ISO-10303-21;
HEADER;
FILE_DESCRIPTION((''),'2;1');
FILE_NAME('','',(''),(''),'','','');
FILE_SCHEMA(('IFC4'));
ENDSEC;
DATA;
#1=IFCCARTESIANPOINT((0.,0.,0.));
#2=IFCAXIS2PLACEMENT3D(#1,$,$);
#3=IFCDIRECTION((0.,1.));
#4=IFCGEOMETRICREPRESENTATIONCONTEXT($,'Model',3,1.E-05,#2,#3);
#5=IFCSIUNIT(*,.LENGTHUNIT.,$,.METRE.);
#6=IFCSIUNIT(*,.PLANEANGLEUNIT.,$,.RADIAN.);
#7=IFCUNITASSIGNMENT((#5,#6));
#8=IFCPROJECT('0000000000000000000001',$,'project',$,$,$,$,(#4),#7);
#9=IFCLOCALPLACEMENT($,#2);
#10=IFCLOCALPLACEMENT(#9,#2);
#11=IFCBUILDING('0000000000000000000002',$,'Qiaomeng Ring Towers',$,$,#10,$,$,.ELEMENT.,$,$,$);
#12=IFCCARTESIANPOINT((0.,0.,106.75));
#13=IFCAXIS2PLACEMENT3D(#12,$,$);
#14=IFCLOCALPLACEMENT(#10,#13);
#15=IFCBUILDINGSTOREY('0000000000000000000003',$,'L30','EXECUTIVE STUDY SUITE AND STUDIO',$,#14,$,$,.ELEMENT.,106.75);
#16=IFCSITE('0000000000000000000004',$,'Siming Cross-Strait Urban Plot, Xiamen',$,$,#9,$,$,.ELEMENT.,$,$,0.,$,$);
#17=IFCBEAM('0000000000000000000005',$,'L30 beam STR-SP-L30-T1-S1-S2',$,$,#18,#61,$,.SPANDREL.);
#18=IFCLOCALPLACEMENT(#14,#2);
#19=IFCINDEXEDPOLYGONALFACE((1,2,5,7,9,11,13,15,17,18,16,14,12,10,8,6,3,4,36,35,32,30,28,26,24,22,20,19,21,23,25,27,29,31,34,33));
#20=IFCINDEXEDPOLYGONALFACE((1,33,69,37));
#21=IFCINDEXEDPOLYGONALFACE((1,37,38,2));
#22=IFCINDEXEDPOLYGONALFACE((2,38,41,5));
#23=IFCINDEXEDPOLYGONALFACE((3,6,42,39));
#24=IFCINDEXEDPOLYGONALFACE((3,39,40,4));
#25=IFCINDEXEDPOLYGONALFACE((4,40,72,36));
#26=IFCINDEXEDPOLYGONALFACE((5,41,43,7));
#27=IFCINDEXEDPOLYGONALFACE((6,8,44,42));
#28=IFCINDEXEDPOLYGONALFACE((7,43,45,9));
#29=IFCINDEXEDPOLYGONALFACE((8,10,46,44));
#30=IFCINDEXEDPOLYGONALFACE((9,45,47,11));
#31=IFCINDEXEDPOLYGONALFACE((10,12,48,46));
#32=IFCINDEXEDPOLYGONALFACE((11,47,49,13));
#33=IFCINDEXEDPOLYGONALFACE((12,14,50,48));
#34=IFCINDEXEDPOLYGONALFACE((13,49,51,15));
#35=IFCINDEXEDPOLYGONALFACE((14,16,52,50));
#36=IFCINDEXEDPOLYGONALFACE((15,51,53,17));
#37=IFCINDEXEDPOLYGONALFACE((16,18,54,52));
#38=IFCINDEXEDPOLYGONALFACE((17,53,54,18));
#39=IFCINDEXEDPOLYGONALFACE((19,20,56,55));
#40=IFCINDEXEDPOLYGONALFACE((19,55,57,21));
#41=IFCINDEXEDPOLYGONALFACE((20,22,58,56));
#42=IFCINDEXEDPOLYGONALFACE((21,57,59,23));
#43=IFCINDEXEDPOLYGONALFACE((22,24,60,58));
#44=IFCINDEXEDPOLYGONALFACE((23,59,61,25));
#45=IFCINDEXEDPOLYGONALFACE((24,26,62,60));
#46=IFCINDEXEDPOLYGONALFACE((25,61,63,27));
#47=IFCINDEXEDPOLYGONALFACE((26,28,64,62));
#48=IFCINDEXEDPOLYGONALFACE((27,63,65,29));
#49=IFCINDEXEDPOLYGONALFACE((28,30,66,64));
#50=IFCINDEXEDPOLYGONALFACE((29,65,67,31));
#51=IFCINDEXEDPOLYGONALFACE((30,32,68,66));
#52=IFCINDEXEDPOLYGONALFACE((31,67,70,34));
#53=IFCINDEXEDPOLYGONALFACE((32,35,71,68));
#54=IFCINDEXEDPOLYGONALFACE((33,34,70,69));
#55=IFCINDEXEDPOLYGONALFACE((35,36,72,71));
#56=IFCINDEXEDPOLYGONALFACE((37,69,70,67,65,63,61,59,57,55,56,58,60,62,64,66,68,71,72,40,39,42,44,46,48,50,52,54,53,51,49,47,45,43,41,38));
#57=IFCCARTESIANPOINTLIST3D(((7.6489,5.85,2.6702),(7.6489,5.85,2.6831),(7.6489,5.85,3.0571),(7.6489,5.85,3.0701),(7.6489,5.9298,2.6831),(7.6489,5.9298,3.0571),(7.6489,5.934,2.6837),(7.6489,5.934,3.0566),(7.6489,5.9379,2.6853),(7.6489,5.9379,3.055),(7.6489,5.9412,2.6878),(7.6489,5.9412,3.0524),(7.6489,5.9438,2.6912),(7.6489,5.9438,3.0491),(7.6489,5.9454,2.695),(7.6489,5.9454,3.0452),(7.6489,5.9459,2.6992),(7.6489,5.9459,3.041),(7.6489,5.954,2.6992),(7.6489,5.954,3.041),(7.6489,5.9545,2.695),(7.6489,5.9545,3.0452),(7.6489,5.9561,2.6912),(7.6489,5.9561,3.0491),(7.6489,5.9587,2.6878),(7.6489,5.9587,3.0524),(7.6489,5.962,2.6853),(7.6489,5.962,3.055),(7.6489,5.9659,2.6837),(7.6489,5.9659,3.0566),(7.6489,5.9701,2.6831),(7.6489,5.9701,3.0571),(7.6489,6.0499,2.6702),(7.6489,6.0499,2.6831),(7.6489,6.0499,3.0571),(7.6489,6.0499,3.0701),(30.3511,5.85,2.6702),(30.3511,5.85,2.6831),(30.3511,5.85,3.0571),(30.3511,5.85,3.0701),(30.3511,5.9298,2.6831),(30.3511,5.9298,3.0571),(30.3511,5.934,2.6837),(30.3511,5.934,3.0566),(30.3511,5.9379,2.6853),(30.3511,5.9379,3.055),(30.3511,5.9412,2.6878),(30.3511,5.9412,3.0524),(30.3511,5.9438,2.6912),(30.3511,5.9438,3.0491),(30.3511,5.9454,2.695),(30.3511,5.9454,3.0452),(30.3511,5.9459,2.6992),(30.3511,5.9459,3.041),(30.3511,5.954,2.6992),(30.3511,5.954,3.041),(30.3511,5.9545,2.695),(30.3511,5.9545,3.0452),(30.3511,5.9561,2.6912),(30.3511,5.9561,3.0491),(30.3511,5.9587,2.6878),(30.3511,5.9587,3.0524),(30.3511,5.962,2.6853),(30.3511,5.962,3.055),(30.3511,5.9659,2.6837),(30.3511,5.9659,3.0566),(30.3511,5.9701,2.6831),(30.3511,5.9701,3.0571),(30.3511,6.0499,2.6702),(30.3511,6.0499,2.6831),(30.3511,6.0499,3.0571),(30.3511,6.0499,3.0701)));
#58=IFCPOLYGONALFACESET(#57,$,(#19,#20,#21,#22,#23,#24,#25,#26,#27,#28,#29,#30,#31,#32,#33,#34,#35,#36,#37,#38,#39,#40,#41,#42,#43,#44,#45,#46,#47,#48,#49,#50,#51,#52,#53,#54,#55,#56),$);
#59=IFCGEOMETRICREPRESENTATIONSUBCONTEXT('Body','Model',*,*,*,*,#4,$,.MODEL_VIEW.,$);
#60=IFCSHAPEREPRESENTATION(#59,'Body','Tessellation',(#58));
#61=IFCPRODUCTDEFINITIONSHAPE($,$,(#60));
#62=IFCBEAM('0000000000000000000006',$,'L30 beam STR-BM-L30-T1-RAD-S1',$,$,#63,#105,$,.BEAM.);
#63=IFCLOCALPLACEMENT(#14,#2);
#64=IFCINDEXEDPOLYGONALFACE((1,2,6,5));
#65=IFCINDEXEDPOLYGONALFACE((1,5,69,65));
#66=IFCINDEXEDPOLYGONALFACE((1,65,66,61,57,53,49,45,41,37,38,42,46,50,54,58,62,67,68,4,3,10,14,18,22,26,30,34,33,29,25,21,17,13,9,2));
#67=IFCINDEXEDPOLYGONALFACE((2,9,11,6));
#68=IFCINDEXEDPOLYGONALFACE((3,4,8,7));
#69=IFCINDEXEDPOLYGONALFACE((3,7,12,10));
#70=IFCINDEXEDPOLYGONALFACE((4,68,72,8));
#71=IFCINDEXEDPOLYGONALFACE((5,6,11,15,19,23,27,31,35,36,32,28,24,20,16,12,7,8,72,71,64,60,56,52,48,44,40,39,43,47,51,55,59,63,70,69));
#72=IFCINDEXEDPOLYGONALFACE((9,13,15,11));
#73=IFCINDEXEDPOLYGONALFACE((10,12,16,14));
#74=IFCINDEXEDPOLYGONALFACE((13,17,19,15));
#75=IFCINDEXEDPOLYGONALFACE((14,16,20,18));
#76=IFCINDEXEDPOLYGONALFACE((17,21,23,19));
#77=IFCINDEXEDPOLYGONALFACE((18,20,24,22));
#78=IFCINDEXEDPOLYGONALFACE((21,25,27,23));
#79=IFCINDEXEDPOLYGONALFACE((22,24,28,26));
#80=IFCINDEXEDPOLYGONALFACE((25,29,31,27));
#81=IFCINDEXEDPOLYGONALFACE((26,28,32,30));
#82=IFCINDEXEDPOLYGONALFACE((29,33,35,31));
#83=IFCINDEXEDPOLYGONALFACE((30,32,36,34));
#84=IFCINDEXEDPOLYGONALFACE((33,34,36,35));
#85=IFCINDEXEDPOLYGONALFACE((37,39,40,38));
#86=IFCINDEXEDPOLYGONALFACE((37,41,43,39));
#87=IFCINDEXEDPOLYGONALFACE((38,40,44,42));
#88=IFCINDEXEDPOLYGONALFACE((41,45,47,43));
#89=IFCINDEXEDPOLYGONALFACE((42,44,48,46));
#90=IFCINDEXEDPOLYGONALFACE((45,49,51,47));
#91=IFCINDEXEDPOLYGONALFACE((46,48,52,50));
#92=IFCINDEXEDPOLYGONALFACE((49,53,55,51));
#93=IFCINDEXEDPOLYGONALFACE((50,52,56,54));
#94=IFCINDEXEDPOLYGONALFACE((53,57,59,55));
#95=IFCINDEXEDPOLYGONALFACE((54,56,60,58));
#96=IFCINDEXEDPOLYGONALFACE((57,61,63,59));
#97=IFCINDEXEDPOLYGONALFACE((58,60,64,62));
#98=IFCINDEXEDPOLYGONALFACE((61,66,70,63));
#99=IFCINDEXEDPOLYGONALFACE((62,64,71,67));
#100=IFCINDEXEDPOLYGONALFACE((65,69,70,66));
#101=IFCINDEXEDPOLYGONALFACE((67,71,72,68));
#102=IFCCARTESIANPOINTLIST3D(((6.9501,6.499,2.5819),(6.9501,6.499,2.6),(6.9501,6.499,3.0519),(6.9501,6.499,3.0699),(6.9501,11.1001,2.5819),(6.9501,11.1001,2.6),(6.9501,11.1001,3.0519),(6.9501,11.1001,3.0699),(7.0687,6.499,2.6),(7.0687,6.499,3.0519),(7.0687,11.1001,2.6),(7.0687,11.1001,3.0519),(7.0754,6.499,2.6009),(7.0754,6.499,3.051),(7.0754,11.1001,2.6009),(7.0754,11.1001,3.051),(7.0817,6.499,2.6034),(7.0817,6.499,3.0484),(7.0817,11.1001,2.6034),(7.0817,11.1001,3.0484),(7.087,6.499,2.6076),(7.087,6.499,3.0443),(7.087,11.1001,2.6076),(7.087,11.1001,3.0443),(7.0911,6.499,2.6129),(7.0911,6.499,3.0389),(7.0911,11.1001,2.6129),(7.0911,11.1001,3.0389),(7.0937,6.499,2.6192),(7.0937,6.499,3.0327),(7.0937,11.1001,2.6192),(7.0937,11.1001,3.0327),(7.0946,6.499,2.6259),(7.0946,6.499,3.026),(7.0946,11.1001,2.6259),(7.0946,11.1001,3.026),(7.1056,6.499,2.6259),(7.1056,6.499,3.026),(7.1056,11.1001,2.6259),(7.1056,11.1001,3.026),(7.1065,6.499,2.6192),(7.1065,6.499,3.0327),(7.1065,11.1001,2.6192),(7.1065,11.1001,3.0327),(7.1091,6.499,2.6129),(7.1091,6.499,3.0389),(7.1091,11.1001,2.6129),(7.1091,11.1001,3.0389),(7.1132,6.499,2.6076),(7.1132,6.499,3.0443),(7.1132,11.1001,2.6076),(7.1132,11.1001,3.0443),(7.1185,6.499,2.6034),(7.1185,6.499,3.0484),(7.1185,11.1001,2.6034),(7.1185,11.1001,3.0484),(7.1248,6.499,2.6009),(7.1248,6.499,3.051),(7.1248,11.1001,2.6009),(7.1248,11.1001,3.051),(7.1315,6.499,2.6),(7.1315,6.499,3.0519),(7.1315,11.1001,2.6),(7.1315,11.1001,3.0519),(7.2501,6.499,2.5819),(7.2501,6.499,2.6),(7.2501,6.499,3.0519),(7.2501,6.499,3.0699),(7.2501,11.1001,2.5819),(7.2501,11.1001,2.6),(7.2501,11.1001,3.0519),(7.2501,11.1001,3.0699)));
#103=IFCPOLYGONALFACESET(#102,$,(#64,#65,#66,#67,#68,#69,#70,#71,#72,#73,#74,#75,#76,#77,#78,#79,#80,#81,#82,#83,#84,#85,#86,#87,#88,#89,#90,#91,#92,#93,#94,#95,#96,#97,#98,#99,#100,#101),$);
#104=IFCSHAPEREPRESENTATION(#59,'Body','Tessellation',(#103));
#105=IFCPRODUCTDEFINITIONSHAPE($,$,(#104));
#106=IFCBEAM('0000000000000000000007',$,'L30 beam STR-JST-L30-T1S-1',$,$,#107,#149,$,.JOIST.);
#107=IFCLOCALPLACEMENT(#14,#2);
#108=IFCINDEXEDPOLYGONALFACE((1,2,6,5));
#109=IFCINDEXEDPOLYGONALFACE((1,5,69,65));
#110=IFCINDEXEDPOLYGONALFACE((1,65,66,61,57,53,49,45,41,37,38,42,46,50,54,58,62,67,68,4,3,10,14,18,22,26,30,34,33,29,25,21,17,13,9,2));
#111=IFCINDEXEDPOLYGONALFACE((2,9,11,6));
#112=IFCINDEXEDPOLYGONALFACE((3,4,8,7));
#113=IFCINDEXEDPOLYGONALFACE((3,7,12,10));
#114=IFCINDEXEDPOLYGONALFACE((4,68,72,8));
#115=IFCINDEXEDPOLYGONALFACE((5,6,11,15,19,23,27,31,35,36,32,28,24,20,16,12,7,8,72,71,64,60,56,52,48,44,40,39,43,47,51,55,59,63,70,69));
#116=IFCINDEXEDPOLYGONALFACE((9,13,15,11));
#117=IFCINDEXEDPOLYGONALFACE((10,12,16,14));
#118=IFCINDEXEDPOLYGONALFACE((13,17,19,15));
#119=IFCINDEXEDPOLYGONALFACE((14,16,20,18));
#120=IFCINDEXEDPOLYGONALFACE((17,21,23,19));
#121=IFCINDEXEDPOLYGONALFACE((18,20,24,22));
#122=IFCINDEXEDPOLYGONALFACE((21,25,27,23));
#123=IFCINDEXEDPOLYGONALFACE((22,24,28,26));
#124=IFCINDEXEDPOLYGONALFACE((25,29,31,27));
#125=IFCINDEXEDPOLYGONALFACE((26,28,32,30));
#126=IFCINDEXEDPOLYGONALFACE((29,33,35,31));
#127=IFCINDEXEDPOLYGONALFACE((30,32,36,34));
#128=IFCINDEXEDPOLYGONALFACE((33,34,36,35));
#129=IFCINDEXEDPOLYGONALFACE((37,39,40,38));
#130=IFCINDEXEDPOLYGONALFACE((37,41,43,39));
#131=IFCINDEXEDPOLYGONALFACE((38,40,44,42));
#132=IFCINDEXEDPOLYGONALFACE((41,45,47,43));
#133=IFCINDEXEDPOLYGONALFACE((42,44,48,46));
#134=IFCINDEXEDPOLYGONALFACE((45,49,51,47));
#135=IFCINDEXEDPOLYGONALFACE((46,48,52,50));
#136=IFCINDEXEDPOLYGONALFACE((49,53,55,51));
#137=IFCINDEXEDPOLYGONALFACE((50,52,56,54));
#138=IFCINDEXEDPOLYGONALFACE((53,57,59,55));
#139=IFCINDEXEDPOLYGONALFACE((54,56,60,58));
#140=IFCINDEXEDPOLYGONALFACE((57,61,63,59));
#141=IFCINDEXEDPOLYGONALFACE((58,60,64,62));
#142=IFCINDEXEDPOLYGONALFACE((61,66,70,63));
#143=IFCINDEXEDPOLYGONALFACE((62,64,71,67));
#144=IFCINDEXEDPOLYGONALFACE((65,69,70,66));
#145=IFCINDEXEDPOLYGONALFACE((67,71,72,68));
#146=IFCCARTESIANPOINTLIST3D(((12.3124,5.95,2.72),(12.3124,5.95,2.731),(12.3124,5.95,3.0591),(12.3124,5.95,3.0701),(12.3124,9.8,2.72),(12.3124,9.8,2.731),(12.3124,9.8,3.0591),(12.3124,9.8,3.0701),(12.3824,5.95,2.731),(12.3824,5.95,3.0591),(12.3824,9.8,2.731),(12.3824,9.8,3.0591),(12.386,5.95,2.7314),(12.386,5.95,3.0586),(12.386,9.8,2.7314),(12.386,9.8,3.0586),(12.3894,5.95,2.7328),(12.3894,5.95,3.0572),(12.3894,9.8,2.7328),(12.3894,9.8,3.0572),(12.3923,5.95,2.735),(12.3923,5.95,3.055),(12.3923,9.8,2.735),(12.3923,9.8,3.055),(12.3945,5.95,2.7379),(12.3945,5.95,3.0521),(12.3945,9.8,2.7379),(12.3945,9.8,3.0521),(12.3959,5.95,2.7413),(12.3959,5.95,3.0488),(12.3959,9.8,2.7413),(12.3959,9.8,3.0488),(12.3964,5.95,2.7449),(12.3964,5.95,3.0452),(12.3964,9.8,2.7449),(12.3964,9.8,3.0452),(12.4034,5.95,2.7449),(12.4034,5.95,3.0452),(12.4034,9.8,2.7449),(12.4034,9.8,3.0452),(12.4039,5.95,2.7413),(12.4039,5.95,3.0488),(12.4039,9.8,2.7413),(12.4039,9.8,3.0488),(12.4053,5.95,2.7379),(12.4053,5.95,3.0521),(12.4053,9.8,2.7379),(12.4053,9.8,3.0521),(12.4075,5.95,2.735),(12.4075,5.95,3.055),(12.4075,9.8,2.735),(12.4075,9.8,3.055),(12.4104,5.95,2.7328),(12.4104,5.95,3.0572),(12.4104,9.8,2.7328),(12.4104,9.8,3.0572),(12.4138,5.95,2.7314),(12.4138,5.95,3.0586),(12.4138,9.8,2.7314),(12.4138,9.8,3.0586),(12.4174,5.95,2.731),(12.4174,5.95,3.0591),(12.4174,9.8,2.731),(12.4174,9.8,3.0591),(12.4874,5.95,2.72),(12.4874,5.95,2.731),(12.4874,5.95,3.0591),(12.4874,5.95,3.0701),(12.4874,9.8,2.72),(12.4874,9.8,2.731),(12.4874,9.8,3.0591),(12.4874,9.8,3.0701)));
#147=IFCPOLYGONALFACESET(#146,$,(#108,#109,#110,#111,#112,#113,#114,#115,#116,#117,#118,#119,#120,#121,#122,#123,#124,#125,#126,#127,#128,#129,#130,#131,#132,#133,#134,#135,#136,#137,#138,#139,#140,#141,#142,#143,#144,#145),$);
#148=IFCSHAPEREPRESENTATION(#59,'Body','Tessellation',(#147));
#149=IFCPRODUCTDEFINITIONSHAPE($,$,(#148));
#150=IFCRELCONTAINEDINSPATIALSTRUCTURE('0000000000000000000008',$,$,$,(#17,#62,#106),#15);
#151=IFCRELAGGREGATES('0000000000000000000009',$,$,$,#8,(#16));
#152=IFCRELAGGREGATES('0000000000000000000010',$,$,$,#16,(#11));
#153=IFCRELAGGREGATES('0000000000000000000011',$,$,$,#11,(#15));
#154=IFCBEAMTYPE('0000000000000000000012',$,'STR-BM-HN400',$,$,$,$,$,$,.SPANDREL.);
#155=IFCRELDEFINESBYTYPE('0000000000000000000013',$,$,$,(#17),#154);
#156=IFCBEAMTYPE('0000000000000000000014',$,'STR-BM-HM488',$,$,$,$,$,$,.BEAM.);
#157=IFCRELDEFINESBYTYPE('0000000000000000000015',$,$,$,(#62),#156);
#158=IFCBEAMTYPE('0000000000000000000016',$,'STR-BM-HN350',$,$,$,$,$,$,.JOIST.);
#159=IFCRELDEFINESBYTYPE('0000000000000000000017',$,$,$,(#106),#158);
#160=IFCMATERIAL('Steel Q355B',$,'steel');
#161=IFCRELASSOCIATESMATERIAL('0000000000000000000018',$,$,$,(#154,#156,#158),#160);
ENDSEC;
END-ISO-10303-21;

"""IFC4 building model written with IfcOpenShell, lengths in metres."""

from ifc_helpers import new_model, si_unit, direction, frame, origin, origin_2d, place, context, subcontext, project, spatial, i_section, extrude, source, transform, mapped, material, material_profile, profile_set, type_object, element, save


model = new_model("IFC4")

# Units and contexts
model_context = context("Model", 3, precision=1e-05, world=origin(), true_north=direction((0.0, 1.0)))
body_context = subcontext(model_context, "Body", "Model", "MODEL_VIEW")
ifc_project = project(units=[si_unit("LENGTHUNIT", "METRE"), si_unit("PLANEANGLEUNIT", "RADIAN")], contexts=[model_context])

# Site, building, storey
site_placement = place(None, origin())
site = spatial("IfcSite", under=ifc_project, at=site_placement, Name="Siming Cross-Strait Urban Plot, Xiamen", CompositionType="ELEMENT", RefElevation=0.0)
building_placement = place(site_placement, origin())
building = spatial("IfcBuilding", under=site, at=building_placement, Name="Qiaomeng Ring Towers", CompositionType="ELEMENT")
storey_placement = place(building_placement, frame((0.0, 0.0, 106.75)))
storey = spatial("IfcBuildingStorey", under=building, at=storey_placement, Name="L30", Description="EXECUTIVE STUDY SUITE AND STUDIO", CompositionType="ELEMENT", Elevation=106.75)

# Beams
ifc_material_1 = material(Name="Steel Q355B", Category="steel")
ifc_material_profile_1 = material_profile(ifc_material_1, i_section(OverallWidth=0.2, OverallDepth=0.3999, WebThickness=0.0081, FlangeThickness=0.0129, FilletRadius=0.0161, at=origin_2d()), Name="HN 400x200x8x13")
ifc_profile_set_1 = profile_set([ifc_material_profile_1], Name="Steel Q355B")
beam_type_1 = type_object("IfcBeamType", Name="STR-BM-HN400", PredefinedType="SPANDREL", material=ifc_profile_set_1)
shared_shape_1 = source(origin(), body_context, "Body", "SweptSolid", [
    extrude(i_section(OverallWidth=0.2, OverallDepth=0.3999, WebThickness=0.0081, FlangeThickness=0.0129, FilletRadius=0.0161, at=origin_2d()), origin(), (0.0, 0.0, 1.0), 22.7021),
])
beam_1_placement = place(storey_placement, frame((7.6489, 5.95, 2.8701), z_axis=(1.0, 0.0, 0.0), x_axis=(0.0, 1.0, 0.0)))
element("IfcBeam", 1, at=beam_1_placement, inside=storey, type_object=beam_type_1, Name="L30 beam STR-SP-L30-T1-S1-S2", PredefinedType="SPANDREL", context=body_context, shape_type="MappedRepresentation", body=[
    mapped(shared_shape_1, transform((0.0, 0.0, 0.0), x_axis=(1.0, 0.0, 0.0), y_axis=(0.0, 1.0, 0.0), z_axis=(0.0, 0.0, 1.0), scale=1.0)),
])
ifc_material_profile_2 = material_profile(ifc_material_1, i_section(OverallWidth=0.3, OverallDepth=0.488, WebThickness=0.011, FlangeThickness=0.0181, FilletRadius=0.0259, at=origin_2d()), Name="HM 488x300x11x18")
ifc_profile_set_2 = profile_set([ifc_material_profile_2], Name="Steel Q355B")
beam_type_2 = type_object("IfcBeamType", Name="STR-BM-HM488", PredefinedType="BEAM", material=ifc_profile_set_2)
shared_shape_2 = source(origin(), body_context, "Body", "SweptSolid", [
    extrude(i_section(OverallWidth=0.3, OverallDepth=0.488, WebThickness=0.011, FlangeThickness=0.0181, FilletRadius=0.0259, at=origin_2d()), origin(), (0.0, 0.0, 1.0), 4.6011),
])
beam_2_placement = place(storey_placement, frame((7.1001, 6.499, 2.8259), z_axis=(0.0, 1.0, 0.0), x_axis=(-1.0, 0.0, 0.0)))
element("IfcBeam", 2, at=beam_2_placement, inside=storey, type_object=beam_type_2, Name="L30 beam STR-BM-L30-T1-RAD-S1", PredefinedType="BEAM", context=body_context, shape_type="MappedRepresentation", body=[
    mapped(shared_shape_2, transform((0.0, 0.0, 0.0), x_axis=(1.0, 0.0, 0.0), y_axis=(0.0, 1.0, 0.0), z_axis=(0.0, 0.0, 1.0), scale=1.0)),
])
ifc_material_profile_3 = material_profile(ifc_material_1, i_section(OverallWidth=0.175, OverallDepth=0.3501, WebThickness=0.0071, FlangeThickness=0.011, FilletRadius=0.0139, at=origin_2d()), Name="HN 350x175x7x11")
ifc_profile_set_3 = profile_set([ifc_material_profile_3], Name="Steel Q355B")
beam_type_3 = type_object("IfcBeamType", Name="STR-BM-HN350", PredefinedType="JOIST", material=ifc_profile_set_3)
shared_shape_3 = source(origin(), body_context, "Body", "SweptSolid", [
    extrude(i_section(OverallWidth=0.175, OverallDepth=0.3501, WebThickness=0.0071, FlangeThickness=0.011, FilletRadius=0.0139, at=origin_2d()), origin(), (0.0, 0.0, 1.0), 3.8501),
])
beam_3_placement = place(storey_placement, frame((12.3999, 5.95, 2.895), z_axis=(0.0, 1.0, 0.0), x_axis=(-1.0, 0.0, 0.0)))
element("IfcBeam", 3, at=beam_3_placement, inside=storey, type_object=beam_type_3, Name="L30 beam STR-JST-L30-T1S-1", PredefinedType="JOIST", context=body_context, shape_type="MappedRepresentation", body=[
    mapped(shared_shape_3, transform((0.0, 0.0, 0.0), x_axis=(1.0, 0.0, 0.0), y_axis=(0.0, 1.0, 0.0), z_axis=(0.0, 0.0, 1.0), scale=1.0)),
])

save(model, "model.ifc")
